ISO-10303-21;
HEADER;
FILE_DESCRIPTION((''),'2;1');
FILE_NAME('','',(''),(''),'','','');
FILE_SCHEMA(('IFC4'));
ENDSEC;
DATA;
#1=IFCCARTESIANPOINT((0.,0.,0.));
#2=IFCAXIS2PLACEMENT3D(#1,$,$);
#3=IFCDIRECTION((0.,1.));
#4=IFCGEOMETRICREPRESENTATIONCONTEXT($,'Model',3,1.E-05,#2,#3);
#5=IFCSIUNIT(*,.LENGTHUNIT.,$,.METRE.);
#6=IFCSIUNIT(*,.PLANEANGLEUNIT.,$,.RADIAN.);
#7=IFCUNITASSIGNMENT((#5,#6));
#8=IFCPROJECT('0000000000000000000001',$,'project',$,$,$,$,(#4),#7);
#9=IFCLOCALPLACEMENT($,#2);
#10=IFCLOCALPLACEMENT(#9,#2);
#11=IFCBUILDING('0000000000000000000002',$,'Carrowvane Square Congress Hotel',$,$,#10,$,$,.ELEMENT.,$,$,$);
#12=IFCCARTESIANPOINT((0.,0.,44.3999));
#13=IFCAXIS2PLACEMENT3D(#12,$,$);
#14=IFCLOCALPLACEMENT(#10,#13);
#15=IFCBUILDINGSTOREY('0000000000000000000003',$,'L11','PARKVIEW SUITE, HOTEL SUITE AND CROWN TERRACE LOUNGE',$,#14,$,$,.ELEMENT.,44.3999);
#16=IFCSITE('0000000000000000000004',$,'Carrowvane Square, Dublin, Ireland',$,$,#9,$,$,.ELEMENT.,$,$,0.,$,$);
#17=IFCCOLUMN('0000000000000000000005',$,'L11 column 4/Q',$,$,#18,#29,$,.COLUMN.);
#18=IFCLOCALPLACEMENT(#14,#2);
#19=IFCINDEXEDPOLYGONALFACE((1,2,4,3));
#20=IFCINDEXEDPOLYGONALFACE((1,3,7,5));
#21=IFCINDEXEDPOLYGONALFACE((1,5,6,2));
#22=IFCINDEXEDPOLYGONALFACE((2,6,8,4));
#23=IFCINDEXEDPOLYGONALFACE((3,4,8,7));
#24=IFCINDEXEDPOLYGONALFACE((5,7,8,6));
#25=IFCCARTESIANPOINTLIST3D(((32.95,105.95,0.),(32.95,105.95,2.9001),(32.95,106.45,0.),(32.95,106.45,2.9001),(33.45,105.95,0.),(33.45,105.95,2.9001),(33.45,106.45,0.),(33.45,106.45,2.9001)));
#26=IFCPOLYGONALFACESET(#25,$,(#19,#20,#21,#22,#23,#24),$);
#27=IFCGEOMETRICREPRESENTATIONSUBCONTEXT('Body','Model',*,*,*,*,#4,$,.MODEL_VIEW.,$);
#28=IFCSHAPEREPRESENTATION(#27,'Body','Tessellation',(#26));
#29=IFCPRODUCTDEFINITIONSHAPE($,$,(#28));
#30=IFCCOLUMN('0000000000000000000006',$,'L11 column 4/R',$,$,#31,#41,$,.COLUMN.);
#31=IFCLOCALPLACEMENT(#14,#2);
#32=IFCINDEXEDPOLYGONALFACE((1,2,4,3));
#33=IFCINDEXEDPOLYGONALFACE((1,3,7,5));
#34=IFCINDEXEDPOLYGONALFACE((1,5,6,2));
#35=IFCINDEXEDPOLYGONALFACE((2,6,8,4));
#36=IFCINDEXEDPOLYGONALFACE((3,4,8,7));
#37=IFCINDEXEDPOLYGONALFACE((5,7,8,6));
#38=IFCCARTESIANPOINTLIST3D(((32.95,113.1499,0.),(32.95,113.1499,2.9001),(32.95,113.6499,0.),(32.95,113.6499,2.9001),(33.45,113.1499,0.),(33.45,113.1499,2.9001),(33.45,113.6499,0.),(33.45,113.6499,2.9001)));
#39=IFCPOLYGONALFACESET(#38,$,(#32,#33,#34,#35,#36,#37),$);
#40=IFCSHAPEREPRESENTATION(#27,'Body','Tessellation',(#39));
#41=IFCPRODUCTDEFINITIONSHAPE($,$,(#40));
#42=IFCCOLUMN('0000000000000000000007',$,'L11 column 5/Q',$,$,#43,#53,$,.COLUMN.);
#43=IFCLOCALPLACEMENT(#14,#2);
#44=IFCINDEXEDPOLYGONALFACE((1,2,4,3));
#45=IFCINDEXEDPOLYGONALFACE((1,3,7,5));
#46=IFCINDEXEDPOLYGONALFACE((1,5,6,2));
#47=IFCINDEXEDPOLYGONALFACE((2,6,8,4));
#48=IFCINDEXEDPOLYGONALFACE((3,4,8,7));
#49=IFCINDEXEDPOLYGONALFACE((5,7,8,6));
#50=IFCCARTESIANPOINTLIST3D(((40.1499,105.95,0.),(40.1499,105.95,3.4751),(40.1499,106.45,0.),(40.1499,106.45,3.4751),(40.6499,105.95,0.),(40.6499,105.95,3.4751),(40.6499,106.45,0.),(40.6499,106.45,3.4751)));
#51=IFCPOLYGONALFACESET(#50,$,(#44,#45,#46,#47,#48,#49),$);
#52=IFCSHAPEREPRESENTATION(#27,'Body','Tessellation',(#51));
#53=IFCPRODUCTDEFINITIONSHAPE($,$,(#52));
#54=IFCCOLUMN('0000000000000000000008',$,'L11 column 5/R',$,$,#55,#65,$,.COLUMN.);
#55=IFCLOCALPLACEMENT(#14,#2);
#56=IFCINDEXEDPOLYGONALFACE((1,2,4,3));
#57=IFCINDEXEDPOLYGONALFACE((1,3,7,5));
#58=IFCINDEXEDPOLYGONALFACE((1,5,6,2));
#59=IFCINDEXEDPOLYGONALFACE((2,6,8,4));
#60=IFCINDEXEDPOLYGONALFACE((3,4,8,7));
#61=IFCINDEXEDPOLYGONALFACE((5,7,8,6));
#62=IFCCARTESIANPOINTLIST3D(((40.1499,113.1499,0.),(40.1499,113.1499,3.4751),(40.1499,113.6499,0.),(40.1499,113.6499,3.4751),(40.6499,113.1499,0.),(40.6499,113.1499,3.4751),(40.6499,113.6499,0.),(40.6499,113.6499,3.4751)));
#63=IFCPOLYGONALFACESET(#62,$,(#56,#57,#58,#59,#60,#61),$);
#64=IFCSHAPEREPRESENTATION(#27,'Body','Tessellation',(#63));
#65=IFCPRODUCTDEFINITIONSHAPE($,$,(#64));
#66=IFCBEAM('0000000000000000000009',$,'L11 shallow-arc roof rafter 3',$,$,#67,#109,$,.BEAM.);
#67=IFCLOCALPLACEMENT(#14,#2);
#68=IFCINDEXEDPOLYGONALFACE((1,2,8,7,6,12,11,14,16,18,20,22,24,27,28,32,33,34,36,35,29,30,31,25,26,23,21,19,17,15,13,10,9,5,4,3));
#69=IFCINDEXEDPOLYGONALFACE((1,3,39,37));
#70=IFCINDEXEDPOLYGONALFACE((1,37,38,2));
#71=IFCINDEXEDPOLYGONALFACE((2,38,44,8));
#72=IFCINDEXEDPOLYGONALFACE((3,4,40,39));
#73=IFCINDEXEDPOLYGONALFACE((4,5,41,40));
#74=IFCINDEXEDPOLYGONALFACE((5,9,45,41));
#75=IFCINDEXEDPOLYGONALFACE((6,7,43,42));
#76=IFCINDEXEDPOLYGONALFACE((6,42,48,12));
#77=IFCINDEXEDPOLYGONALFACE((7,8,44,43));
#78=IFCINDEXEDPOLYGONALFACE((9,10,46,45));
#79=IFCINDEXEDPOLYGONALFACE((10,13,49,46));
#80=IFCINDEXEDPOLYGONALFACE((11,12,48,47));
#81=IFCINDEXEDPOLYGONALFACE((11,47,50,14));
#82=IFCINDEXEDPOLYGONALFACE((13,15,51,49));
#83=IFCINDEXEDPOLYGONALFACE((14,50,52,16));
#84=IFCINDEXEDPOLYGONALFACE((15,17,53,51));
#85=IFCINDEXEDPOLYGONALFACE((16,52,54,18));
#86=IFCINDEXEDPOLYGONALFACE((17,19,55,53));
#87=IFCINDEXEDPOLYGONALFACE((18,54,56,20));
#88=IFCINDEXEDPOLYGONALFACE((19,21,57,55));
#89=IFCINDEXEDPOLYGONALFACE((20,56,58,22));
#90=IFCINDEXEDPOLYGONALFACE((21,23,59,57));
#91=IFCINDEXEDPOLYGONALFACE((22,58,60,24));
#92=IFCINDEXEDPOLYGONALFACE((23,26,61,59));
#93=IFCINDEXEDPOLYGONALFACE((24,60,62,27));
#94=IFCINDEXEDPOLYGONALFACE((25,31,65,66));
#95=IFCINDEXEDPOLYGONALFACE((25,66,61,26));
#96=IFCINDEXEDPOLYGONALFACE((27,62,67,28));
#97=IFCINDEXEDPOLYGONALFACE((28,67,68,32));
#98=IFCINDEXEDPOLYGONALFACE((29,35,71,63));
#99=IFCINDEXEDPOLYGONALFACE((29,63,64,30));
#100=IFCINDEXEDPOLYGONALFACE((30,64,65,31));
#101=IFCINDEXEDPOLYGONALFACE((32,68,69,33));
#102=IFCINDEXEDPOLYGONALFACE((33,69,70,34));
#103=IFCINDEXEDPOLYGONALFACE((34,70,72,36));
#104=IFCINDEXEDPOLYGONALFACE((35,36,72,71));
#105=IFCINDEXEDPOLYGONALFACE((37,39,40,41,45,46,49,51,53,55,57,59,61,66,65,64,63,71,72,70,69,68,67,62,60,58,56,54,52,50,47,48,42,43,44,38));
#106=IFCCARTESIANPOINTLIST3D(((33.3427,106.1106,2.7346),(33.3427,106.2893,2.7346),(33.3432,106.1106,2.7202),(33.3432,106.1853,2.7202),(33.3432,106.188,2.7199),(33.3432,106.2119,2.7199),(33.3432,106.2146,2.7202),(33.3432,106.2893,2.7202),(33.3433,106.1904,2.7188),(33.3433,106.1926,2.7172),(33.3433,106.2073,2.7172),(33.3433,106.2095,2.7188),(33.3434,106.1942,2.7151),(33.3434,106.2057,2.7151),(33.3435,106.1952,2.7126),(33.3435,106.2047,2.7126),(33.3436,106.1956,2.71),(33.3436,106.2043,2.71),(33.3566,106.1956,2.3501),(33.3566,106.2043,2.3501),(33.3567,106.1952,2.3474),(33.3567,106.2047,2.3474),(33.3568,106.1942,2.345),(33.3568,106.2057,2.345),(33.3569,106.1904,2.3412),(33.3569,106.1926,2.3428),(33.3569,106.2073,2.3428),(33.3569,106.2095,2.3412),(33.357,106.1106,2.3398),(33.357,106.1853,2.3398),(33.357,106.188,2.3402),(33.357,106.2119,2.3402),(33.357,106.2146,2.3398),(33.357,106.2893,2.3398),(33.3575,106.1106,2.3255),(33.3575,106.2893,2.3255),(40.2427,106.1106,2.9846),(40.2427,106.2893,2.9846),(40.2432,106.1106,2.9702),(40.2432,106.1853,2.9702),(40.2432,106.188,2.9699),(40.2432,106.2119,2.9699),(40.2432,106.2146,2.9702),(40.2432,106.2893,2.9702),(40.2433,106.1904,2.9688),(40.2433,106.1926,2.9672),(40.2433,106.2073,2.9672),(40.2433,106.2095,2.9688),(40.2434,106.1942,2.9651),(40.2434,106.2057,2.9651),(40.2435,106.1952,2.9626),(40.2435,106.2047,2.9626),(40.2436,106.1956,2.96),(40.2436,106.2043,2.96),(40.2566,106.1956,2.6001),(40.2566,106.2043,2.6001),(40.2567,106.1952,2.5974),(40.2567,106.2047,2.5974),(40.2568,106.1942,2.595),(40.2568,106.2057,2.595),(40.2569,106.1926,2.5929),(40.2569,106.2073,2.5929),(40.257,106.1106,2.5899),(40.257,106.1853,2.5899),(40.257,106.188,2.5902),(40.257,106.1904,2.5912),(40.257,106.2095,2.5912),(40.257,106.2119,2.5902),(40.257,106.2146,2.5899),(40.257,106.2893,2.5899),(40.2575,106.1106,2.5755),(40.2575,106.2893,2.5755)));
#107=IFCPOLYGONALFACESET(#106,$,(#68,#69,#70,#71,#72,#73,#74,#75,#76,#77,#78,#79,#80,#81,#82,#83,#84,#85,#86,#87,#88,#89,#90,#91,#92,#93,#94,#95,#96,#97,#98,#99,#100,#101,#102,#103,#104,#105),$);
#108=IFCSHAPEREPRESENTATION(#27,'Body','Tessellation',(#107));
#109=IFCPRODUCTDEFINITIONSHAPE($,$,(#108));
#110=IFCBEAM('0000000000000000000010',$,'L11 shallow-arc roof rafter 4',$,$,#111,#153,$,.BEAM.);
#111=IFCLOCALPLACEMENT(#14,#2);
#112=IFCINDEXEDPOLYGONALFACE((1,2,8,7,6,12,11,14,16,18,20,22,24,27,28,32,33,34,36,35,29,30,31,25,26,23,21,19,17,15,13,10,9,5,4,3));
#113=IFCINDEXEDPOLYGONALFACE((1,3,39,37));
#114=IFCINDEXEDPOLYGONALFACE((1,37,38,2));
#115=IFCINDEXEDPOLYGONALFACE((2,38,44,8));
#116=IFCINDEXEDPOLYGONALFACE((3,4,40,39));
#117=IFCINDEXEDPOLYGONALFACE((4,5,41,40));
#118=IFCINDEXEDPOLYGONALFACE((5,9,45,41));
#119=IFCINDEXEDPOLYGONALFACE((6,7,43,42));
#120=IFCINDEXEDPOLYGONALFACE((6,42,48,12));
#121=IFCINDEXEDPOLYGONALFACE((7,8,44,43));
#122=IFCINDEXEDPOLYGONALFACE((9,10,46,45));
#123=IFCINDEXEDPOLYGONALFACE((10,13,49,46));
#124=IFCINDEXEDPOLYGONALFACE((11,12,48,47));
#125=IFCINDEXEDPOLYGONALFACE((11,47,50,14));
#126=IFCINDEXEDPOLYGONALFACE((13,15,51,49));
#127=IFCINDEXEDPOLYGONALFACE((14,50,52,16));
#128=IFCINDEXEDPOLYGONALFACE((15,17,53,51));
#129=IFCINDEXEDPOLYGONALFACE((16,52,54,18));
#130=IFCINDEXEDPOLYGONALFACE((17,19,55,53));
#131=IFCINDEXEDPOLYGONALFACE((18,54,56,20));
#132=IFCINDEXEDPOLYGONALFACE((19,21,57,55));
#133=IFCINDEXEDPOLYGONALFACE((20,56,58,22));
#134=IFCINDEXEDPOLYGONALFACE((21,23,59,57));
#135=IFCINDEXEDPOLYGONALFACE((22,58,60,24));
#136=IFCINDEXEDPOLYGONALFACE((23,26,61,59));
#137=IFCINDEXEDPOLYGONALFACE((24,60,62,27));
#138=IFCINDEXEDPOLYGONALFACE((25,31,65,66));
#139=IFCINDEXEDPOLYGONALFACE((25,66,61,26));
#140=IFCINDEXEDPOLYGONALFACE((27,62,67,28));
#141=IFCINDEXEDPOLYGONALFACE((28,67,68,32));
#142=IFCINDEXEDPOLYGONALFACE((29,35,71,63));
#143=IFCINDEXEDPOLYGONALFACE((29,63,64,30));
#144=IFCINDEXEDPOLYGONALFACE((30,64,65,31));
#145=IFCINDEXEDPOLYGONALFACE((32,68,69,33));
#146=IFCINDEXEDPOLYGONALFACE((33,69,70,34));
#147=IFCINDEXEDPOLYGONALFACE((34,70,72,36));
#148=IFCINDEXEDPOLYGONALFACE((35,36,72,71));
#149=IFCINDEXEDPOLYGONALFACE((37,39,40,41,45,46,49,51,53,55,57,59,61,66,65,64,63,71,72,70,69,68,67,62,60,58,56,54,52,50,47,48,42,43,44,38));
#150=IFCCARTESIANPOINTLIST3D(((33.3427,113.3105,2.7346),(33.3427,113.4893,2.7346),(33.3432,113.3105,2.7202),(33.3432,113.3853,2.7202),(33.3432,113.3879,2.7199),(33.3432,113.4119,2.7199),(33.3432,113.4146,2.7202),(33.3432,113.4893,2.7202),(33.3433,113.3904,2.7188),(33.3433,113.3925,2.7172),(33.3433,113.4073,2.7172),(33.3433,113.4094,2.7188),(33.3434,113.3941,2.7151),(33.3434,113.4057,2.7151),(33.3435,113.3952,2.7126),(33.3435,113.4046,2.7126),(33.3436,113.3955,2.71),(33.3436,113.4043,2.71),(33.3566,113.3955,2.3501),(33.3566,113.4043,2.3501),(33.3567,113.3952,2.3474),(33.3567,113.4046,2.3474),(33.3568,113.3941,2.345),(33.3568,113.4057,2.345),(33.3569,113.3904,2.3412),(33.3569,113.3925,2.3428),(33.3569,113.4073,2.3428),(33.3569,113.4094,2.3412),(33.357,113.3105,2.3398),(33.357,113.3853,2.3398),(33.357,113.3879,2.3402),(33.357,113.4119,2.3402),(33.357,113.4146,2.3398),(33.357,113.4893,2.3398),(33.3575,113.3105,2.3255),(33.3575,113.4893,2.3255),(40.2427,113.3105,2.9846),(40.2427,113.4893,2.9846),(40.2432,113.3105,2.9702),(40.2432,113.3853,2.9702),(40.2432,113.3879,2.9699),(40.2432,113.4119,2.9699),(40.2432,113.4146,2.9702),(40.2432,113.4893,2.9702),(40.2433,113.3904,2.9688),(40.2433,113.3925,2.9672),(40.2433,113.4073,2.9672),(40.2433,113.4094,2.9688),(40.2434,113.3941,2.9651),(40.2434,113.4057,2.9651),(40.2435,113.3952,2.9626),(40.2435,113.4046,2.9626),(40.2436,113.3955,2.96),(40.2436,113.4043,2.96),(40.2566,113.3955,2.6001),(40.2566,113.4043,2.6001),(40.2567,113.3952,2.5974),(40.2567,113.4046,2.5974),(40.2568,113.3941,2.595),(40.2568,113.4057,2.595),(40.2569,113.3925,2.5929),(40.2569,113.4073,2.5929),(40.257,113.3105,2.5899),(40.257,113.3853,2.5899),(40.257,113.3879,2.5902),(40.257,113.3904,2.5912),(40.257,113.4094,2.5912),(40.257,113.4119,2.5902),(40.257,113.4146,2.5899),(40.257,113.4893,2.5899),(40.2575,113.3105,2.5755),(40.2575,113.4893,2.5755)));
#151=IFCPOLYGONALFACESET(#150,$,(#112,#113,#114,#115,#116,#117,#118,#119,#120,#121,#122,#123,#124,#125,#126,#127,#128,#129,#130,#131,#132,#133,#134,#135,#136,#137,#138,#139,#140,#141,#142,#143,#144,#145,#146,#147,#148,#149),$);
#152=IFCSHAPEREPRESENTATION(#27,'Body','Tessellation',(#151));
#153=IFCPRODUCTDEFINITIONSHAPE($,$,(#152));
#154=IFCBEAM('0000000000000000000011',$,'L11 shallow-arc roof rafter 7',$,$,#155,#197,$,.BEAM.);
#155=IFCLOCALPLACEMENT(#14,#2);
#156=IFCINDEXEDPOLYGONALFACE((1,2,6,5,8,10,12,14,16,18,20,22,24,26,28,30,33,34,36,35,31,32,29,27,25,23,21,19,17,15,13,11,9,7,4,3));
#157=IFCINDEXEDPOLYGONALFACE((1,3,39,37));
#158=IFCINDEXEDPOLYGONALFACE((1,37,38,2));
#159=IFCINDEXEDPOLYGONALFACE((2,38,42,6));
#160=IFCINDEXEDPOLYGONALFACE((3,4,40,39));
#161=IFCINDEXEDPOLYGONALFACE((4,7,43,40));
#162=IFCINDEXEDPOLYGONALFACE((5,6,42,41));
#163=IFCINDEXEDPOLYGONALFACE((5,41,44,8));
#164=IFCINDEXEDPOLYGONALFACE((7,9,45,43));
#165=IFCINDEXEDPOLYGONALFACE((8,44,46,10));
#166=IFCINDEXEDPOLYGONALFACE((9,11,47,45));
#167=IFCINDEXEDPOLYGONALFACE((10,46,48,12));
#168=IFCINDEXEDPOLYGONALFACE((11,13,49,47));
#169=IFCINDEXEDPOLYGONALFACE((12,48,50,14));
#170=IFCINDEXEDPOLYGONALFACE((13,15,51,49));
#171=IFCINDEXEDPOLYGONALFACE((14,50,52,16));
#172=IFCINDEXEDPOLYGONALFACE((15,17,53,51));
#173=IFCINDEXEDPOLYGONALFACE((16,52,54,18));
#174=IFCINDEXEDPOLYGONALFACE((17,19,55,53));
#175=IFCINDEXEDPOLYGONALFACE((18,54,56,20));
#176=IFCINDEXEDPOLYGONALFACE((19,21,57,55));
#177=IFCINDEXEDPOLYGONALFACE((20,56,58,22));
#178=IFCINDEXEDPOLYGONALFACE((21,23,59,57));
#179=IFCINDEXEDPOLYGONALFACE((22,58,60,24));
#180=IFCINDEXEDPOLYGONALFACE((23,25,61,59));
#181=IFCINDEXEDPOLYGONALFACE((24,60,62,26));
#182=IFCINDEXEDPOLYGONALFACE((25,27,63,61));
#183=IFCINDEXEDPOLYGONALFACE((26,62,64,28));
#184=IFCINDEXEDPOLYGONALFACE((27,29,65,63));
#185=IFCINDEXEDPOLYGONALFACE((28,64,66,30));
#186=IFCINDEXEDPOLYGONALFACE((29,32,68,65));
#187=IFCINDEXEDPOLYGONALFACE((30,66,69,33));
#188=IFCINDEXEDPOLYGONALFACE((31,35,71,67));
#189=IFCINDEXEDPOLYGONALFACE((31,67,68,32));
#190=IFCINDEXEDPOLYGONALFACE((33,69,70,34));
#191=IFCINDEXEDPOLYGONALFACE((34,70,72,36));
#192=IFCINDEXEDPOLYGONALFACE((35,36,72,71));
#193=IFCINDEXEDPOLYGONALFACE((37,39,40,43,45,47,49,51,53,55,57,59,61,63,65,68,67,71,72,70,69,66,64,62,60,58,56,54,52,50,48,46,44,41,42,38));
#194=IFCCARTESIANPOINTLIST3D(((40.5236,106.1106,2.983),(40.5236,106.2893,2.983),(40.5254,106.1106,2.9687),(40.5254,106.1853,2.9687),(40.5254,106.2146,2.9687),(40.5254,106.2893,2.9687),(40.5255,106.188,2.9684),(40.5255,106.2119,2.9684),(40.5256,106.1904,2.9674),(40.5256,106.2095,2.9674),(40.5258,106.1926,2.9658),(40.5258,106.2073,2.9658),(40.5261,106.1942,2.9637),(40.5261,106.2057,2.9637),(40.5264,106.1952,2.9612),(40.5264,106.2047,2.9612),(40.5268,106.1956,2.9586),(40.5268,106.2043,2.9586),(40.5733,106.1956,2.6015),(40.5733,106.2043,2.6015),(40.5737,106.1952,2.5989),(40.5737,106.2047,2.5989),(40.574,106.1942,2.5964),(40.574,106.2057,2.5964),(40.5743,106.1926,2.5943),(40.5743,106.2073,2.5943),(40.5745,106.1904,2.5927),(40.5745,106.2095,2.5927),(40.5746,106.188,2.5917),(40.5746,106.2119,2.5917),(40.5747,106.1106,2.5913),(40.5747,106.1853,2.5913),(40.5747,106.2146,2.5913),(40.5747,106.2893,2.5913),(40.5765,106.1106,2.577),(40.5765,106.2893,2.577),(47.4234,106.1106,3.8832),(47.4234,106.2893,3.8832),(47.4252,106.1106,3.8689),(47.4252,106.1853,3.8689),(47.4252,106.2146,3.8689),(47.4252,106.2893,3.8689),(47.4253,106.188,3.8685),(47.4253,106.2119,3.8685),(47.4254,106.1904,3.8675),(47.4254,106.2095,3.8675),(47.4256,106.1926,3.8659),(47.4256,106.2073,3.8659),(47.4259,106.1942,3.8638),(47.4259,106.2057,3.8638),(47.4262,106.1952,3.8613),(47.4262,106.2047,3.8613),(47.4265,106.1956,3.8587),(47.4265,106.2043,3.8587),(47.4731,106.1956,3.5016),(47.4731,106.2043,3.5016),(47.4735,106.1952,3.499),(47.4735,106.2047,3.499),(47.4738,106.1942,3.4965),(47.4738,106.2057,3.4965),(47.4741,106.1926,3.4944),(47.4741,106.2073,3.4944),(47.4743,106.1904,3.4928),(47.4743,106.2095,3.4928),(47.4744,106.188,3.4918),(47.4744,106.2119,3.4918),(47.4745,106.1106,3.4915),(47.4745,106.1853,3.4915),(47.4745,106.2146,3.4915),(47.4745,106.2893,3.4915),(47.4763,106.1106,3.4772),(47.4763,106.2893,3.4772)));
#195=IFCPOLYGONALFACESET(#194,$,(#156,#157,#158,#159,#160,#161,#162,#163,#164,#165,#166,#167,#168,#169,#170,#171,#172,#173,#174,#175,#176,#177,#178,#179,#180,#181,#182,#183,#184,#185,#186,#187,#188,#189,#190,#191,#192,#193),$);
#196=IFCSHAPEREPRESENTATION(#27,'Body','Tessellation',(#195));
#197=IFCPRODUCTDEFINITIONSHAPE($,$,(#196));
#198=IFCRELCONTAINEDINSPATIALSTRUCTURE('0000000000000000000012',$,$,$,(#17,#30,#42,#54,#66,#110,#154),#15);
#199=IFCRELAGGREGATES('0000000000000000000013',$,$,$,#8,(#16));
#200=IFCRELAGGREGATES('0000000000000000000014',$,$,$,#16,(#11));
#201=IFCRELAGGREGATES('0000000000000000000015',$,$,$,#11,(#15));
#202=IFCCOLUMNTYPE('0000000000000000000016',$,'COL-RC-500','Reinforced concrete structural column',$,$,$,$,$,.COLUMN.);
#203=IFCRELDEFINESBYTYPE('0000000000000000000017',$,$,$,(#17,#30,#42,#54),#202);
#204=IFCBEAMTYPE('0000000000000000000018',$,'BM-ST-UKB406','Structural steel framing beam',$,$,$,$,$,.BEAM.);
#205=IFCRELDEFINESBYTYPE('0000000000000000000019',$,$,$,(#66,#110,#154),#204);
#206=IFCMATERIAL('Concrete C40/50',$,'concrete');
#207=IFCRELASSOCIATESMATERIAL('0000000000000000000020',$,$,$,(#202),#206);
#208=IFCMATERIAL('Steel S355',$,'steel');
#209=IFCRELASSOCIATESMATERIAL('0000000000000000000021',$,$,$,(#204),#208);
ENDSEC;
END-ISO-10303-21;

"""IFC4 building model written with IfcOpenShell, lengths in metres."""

from ifc_helpers import new_model, si_unit, direction, frame, origin, origin_2d, place, context, subcontext, project, spatial, rectangle, i_section, extrude, material, material_profile, profile_set, type_object, element, save


model = new_model("IFC4")

# Units and contexts
model_context = context("Model", 3, precision=1e-05, world=origin(), true_north=direction((0.0, 1.0)))
body_context = subcontext(model_context, "Body", "Model", "MODEL_VIEW")
ifc_project = project(units=[si_unit("LENGTHUNIT", "METRE"), si_unit("PLANEANGLEUNIT", "RADIAN")], contexts=[model_context])

# Site, building, storey
site_placement = place(None, origin())
site = spatial("IfcSite", under=ifc_project, at=site_placement, Name="Carrowvane Square, Dublin, Ireland", CompositionType="ELEMENT", RefElevation=0.0)
building_placement = place(site_placement, origin())
building = spatial("IfcBuilding", under=site, at=building_placement, Name="Carrowvane Square Congress Hotel", CompositionType="ELEMENT")
storey_placement = place(building_placement, frame((0.0, 0.0, 44.3999)))
storey = spatial("IfcBuildingStorey", under=building, at=storey_placement, Name="L11", Description="PARKVIEW SUITE, HOTEL SUITE AND CROWN TERRACE LOUNGE", CompositionType="ELEMENT", Elevation=44.3999)

# Columns
ifc_material_1 = material(Name="Concrete C40/50", Category="concrete")
ifc_material_profile_1 = material_profile(ifc_material_1, rectangle(XDim=0.5, YDim=0.5, at=origin_2d()), Name="RC 500x500")
ifc_profile_set_1 = profile_set([ifc_material_profile_1], Name="Concrete C40/50")
column_type = type_object("IfcColumnType", Name="COL-RC-500", Description="Reinforced concrete structural column", PredefinedType="COLUMN", material=ifc_profile_set_1)
for number, where, z_axis, x_axis, name in (
    (1, (33.2, 106.2, 0.0), (0.0, 0.0, 1.0), (1.0, 0.0, 0.0), "L11 column 4/Q"),
    (2, (33.2, 113.3999, 0.0), (0.0, 0.0, 1.0), (1.0, 0.0, 0.0), "L11 column 4/R"),
):
    element("IfcColumn", number, at=place(storey_placement, frame(where, z_axis=z_axis, x_axis=x_axis)), inside=storey, type_object=column_type, Name=name, PredefinedType="COLUMN", context=body_context, shape_type="SweptSolid", body=[
        extrude(rectangle(XDim=0.5, YDim=0.5, at=origin_2d()), origin(), (0.0, 0.0, 1.0), 2.9001),
    ])
for number, where, z_axis, x_axis, name in (
    (3, (40.3999, 106.2, 0.0), (0.0, 0.0, 1.0), (1.0, 0.0, 0.0), "L11 column 5/Q"),
    (4, (40.3999, 113.3999, 0.0), (0.0, 0.0, 1.0), (1.0, 0.0, 0.0), "L11 column 5/R"),
):
    element("IfcColumn", number, at=place(storey_placement, frame(where, z_axis=z_axis, x_axis=x_axis)), inside=storey, type_object=column_type, Name=name, PredefinedType="COLUMN", context=body_context, shape_type="SweptSolid", body=[
        extrude(rectangle(XDim=0.5, YDim=0.5, at=origin_2d()), origin(), (0.0, 0.0, 1.0), 3.4751),
    ])

# Beams
ifc_material_2 = material(Name="Steel S355", Category="steel")
ifc_material_profile_2 = material_profile(ifc_material_2, i_section(OverallWidth=0.1787, OverallDepth=0.4094, WebThickness=0.0088, FlangeThickness=0.0144, FilletRadius=0.0103, at=origin_2d()), Name="UKB 406x178x67")
ifc_profile_set_2 = profile_set([ifc_material_profile_2], Name="Steel S355")
beam_type = type_object("IfcBeamType", Name="BM-ST-UKB406", Description="Structural steel framing beam", PredefinedType="BEAM", material=ifc_profile_set_2)
for number, where, z_axis, x_axis, name in (
    (5, (33.3501, 106.2, 2.53), (0.999344, 0.0, 0.036209), (0.0, 1.0, 0.0), "L11 shallow-arc roof rafter 3"),
    (6, (33.3501, 113.3999, 2.53), (0.999344, 0.0, 0.036209), (0.0, 1.0, 0.0), "L11 shallow-arc roof rafter 4"),
):
    element("IfcBeam", number, at=place(storey_placement, frame(where, z_axis=z_axis, x_axis=x_axis)), inside=storey, type_object=beam_type, Name=name, PredefinedType="BEAM", context=body_context, shape_type="SweptSolid", body=[
        extrude(i_section(OverallWidth=0.1787, OverallDepth=0.4094, WebThickness=0.0088, FlangeThickness=0.0144, FilletRadius=0.0103, at=origin_2d()), origin(), (0.0, 0.0, 1.0), 6.9045),
    ])
for number, where, z_axis, x_axis, name in (
    (7, (40.55, 106.2, 2.78), (0.991597, 0.0, 0.129362), (0.0, 1.0, 0.0), "L11 shallow-arc roof rafter 7"),
):
    element("IfcBeam", number, at=place(storey_placement, frame(where, z_axis=z_axis, x_axis=x_axis)), inside=storey, type_object=beam_type, Name=name, PredefinedType="BEAM", context=body_context, shape_type="SweptSolid", body=[
        extrude(i_section(OverallWidth=0.1787, OverallDepth=0.4094, WebThickness=0.0088, FlangeThickness=0.0144, FilletRadius=0.0103, at=origin_2d()), origin(), (0.0, 0.0, 1.0), 6.9583),
    ])

save(model, "model.ifc")
